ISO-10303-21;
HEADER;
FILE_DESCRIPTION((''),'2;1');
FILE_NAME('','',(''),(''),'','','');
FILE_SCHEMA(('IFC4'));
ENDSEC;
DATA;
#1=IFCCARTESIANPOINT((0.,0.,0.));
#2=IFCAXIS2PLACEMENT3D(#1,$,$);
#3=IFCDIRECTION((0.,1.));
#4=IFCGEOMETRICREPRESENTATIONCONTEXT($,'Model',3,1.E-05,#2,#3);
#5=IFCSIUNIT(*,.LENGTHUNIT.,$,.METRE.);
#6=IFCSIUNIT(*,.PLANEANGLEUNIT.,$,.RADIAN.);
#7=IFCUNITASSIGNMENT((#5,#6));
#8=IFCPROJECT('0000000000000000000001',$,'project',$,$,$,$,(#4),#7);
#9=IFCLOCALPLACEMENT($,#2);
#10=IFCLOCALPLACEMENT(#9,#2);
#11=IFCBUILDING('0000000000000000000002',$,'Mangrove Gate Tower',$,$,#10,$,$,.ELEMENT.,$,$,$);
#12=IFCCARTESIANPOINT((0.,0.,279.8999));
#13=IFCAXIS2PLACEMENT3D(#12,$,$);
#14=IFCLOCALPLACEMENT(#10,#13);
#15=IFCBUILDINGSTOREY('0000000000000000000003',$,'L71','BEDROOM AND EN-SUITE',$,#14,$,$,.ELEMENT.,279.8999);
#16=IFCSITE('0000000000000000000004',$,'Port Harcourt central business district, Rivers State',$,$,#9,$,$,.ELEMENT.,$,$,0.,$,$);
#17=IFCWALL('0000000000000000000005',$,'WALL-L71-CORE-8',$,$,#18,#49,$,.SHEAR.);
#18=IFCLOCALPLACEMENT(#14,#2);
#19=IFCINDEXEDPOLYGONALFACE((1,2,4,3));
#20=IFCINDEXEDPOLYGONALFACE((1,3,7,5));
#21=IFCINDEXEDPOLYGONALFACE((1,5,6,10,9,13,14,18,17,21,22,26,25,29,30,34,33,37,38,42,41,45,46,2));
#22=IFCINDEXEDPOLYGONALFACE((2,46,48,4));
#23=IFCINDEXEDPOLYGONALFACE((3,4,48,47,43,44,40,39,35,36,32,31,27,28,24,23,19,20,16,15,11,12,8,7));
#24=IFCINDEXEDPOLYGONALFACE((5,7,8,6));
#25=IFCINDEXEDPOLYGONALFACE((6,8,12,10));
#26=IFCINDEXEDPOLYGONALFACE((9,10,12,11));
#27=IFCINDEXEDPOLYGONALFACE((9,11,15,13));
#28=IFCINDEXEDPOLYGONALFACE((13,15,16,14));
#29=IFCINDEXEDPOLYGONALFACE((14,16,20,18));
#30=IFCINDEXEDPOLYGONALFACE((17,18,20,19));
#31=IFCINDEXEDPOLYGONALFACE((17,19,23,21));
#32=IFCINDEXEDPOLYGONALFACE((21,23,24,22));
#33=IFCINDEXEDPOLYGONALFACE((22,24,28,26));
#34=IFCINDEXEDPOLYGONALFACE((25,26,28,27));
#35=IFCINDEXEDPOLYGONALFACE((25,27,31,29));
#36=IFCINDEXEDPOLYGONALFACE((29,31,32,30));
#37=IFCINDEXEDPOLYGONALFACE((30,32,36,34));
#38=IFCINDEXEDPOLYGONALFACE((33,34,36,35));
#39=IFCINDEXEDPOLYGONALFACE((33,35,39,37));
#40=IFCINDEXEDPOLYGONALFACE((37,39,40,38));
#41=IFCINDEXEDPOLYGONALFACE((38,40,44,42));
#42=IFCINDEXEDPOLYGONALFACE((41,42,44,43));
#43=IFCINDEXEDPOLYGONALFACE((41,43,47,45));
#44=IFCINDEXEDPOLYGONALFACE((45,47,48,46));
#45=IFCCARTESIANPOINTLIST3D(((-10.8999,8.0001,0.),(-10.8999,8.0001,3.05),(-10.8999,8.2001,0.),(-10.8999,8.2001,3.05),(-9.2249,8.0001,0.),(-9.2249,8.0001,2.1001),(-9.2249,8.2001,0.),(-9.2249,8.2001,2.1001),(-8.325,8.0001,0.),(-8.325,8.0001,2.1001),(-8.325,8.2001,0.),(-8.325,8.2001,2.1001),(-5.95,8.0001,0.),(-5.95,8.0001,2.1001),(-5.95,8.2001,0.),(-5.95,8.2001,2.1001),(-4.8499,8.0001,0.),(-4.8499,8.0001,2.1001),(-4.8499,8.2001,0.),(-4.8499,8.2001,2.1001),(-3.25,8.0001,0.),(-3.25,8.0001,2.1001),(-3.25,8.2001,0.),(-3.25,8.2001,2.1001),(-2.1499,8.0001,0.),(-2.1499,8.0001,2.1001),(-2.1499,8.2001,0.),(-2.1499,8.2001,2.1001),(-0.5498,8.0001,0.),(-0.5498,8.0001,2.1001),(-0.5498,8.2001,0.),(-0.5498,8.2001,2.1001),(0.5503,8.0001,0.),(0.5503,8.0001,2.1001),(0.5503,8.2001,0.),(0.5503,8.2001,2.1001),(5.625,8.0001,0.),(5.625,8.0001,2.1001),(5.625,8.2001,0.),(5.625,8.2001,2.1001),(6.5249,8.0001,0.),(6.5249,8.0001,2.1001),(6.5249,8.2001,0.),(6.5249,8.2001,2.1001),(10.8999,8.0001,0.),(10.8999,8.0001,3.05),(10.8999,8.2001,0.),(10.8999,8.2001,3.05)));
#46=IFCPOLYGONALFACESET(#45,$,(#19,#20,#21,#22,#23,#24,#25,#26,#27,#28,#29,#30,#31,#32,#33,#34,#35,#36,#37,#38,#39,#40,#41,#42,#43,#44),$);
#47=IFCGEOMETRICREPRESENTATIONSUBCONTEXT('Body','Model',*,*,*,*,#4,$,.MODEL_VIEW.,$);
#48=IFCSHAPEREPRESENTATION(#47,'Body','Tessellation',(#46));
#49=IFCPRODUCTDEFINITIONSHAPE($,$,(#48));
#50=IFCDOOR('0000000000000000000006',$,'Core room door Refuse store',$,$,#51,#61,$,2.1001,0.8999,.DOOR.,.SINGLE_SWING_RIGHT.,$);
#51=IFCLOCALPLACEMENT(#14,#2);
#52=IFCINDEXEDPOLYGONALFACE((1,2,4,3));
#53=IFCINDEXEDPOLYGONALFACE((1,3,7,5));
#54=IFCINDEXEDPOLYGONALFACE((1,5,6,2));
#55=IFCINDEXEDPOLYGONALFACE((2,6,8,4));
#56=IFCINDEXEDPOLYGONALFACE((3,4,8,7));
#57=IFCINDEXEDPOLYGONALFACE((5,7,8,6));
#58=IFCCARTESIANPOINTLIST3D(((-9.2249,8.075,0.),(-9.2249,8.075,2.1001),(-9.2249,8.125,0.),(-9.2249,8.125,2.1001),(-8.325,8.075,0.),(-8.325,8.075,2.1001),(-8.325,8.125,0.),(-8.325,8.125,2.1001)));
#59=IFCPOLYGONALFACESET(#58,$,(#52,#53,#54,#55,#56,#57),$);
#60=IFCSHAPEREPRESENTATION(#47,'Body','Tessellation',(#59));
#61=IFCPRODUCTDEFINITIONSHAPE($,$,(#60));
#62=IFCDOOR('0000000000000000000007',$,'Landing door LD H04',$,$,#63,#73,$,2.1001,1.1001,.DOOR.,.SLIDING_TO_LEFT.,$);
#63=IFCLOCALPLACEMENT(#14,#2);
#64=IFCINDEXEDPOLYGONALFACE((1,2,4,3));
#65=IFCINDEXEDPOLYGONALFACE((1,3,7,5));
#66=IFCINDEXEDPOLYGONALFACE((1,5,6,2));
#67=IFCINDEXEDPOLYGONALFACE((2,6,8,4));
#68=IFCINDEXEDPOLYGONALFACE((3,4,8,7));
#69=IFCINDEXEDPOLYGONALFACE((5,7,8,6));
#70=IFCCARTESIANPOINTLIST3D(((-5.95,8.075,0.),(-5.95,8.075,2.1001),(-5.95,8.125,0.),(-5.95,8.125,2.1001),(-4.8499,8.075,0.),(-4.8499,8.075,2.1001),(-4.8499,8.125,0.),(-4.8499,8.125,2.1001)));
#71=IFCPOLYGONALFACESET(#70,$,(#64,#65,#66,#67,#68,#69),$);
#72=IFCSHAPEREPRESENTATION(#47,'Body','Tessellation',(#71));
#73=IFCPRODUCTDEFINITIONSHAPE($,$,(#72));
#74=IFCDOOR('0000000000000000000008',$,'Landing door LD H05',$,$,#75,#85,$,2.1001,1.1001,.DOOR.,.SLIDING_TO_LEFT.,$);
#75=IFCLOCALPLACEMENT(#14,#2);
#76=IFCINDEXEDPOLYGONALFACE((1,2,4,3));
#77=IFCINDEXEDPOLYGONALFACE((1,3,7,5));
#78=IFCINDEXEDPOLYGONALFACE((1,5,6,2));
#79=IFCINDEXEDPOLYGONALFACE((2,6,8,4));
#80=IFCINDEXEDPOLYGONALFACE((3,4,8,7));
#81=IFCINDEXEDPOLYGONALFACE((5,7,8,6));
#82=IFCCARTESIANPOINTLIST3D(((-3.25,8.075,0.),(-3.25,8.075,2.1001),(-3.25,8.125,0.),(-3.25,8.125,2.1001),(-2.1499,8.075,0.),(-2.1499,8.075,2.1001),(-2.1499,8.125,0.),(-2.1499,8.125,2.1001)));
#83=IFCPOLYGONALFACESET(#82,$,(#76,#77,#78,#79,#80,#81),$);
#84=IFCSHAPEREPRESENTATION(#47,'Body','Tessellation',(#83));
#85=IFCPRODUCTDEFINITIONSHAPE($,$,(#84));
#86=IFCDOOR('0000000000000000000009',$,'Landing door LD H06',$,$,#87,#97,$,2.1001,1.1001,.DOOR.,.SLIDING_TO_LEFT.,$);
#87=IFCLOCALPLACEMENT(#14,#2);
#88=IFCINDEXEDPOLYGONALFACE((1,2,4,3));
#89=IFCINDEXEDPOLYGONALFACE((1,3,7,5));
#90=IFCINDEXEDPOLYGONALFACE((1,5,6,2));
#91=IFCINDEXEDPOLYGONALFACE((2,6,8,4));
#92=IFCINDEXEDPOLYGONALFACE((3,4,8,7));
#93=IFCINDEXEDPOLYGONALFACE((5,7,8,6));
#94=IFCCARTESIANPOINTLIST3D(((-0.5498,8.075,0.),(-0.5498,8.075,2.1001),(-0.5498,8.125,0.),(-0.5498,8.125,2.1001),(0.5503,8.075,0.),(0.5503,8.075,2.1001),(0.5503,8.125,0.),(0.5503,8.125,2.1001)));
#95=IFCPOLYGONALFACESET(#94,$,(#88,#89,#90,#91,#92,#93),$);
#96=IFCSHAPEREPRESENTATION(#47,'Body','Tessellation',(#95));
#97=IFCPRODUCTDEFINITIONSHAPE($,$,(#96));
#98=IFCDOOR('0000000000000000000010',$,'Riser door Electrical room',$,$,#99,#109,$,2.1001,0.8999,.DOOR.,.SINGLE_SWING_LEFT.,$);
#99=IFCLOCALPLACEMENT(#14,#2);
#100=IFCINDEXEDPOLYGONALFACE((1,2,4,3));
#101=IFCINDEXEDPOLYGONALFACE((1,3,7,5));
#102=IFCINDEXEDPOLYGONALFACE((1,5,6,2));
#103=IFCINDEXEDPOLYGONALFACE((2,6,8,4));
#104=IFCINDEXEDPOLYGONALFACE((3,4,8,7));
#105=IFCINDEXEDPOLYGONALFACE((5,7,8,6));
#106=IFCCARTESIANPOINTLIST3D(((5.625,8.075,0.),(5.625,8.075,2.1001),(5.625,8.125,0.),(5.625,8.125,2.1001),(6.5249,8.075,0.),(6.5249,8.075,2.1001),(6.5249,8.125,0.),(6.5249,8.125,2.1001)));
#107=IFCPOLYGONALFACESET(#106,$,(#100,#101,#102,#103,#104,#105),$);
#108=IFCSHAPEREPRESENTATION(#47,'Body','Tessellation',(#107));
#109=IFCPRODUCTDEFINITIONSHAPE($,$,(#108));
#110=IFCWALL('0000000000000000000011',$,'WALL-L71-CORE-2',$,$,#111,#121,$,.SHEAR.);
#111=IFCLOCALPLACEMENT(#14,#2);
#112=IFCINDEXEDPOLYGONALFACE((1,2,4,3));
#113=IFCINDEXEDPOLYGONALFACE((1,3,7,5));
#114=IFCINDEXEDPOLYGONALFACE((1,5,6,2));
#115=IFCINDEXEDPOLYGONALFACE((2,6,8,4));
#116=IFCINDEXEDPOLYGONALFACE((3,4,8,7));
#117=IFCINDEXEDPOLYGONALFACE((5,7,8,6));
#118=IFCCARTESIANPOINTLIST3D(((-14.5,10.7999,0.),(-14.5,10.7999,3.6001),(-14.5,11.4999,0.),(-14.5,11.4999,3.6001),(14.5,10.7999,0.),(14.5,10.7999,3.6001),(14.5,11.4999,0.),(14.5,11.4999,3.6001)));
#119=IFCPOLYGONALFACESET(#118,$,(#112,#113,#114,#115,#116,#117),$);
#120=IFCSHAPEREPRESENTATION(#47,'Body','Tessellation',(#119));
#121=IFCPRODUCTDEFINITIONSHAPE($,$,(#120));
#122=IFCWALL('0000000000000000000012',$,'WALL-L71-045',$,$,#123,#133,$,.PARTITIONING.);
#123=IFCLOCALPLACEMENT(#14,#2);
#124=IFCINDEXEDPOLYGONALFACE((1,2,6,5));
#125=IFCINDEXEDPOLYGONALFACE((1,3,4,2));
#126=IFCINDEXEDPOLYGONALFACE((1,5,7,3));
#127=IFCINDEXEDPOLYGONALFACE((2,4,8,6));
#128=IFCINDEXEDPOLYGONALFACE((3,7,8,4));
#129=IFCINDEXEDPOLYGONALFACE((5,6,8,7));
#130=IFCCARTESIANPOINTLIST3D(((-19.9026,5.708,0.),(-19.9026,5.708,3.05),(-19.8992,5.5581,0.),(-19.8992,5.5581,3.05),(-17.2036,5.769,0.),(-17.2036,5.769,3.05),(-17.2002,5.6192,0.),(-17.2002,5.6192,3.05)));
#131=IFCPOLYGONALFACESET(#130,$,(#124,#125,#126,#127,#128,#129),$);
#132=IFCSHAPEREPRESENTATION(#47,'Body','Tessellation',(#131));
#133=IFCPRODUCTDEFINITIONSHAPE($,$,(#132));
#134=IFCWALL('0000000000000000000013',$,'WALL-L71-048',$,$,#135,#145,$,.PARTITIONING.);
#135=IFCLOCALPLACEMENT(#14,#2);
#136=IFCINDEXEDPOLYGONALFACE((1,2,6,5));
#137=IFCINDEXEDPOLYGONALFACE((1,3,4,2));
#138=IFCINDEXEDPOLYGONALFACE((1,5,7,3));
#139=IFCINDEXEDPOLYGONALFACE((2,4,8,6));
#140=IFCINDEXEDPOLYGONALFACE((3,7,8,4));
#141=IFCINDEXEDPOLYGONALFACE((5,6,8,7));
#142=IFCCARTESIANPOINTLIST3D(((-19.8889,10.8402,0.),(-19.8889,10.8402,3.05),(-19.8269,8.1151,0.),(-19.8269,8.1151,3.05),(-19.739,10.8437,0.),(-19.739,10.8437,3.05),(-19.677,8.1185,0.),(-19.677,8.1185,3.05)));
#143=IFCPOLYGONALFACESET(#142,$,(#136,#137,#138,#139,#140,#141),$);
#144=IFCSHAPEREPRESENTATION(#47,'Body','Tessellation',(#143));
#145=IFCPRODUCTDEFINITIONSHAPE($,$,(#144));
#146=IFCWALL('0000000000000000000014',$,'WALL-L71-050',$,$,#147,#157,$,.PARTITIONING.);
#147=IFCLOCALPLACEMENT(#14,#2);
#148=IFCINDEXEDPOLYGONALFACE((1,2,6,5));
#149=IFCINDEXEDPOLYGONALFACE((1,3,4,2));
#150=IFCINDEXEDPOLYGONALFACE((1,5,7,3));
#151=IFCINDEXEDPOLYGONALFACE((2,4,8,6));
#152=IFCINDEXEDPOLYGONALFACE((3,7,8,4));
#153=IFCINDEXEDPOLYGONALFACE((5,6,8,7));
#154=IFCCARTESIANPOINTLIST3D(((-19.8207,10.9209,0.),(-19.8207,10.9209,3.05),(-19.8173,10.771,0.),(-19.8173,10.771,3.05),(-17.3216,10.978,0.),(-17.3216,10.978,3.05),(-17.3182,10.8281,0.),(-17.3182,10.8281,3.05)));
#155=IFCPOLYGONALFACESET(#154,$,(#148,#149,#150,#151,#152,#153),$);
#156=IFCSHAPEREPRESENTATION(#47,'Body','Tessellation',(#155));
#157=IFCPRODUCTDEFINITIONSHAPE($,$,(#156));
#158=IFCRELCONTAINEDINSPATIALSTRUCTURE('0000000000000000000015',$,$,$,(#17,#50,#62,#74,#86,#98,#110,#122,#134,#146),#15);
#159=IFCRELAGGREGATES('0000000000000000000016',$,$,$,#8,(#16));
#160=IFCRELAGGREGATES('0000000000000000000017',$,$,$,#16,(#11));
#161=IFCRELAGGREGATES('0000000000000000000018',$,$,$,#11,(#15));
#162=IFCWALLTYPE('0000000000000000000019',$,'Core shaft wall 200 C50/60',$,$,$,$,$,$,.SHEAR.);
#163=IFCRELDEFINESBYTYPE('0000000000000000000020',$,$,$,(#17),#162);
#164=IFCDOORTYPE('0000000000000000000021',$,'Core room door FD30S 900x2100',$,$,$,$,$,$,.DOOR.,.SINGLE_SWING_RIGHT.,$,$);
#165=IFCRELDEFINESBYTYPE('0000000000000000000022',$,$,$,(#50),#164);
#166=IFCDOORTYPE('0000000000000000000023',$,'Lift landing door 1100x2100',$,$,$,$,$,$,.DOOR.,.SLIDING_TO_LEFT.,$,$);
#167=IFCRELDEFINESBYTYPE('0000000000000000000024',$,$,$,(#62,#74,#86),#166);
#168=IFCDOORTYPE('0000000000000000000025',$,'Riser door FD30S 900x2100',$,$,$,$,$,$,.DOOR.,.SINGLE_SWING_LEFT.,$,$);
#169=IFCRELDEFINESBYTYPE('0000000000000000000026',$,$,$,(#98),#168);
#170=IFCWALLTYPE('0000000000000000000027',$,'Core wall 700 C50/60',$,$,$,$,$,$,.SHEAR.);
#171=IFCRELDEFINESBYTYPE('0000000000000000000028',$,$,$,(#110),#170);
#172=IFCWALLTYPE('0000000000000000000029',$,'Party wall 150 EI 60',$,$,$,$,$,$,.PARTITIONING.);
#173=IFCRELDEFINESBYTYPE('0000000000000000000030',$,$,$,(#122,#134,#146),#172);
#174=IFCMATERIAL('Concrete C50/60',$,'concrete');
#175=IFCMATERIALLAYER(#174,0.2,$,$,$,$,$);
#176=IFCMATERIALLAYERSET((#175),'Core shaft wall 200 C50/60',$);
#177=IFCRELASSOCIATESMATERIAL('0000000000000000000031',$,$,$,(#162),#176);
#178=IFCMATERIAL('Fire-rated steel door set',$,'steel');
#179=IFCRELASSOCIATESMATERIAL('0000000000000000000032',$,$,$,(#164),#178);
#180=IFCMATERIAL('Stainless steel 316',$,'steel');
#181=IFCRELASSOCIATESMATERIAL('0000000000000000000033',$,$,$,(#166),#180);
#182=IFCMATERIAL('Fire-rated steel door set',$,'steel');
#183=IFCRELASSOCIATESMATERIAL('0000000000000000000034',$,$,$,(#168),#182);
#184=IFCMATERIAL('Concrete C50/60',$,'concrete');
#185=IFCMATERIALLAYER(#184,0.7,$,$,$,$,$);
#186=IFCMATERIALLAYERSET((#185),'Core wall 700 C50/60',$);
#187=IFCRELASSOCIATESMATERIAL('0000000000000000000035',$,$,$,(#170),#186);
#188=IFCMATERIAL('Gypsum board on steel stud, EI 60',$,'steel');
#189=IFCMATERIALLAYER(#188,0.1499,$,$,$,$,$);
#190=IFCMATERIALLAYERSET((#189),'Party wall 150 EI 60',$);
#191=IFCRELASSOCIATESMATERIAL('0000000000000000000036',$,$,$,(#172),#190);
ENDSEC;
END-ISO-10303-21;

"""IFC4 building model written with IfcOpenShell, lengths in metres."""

from ifc_helpers import new_model, si_unit, direction, frame, frame_2d, origin, place, context, subcontext, project, spatial, rectangle, extrude, material, layer, layer_set, type_object, element, fill, save


model = new_model("IFC4")

# Units and contexts
model_context = context("Model", 3, precision=1e-05, world=origin(), true_north=direction((0.0, 1.0)))
body_context = subcontext(model_context, "Body", "Model", "MODEL_VIEW")
ifc_project = project(units=[si_unit("LENGTHUNIT", "METRE"), si_unit("PLANEANGLEUNIT", "RADIAN")], contexts=[model_context])

# Site, building, storey
site_placement = place(None, origin())
site = spatial("IfcSite", under=ifc_project, at=site_placement, Name="Port Harcourt central business district, Rivers State", CompositionType="ELEMENT", RefElevation=0.0)
building_placement = place(site_placement, origin())
building = spatial("IfcBuilding", under=site, at=building_placement, Name="Mangrove Gate Tower", CompositionType="ELEMENT")
storey_placement = place(building_placement, frame((0.0, 0.0, 279.8999)))
storey = spatial("IfcBuildingStorey", under=building, at=storey_placement, Name="L71", Description="BEDROOM AND EN-SUITE", CompositionType="ELEMENT", Elevation=279.8999)

# Wall, openings, doors
ifc_material_1 = material(Name="Concrete C50/60", Category="concrete")
ifc_layer_1 = layer(ifc_material_1, 0.2)
ifc_layer_set_1 = layer_set([ifc_layer_1], Name="Core shaft wall 200 C50/60")
wall_type_1 = type_object("IfcWallType", Name="Core shaft wall 200 C50/60", PredefinedType="SHEAR", material=ifc_layer_set_1)
wall_1_placement = place(storey_placement, frame((-10.8999, 8.1001, 0.0), z_axis=(0.0, 0.0, 1.0), x_axis=(1.0, 0.0, 0.0)))
wall_1 = element("IfcWall", 1, at=wall_1_placement, inside=storey, type_object=wall_type_1, Name="WALL-L71-CORE-8", PredefinedType="SHEAR", context=body_context, shape_type="SweptSolid", body=[
    extrude(rectangle(XDim=21.7998, YDim=0.2, at=frame_2d((10.8999, 0.0))), origin(), (0.0, 0.0, 1.0), 3.05),
])
opening_1_placement = place(wall_1_placement, frame((4.95, 0.0, 0.0)))
opening_1 = element("IfcOpeningElement", 2, at=opening_1_placement, cuts=wall_1, PredefinedType="OPENING", context=body_context, shape_type="SweptSolid", body=[
    extrude(rectangle(XDim=1.1001, YDim=2.1001, at=frame_2d((0.55, 1.05))), frame((0.0, 0.1099, 0.0), z_axis=(0.0, -1.0, 0.0), x_axis=(1.0, 0.0, 0.0)), (0.0, 0.0, 1.0), 0.22),
])
opening_2_placement = place(wall_1_placement, frame((7.6499, 0.0, 0.0)))
opening_2 = element("IfcOpeningElement", 3, at=opening_2_placement, cuts=wall_1, PredefinedType="OPENING", context=body_context, shape_type="SweptSolid", body=[
    extrude(rectangle(XDim=1.1001, YDim=2.1001, at=frame_2d((0.55, 1.05))), frame((0.0, 0.1099, 0.0), z_axis=(0.0, -1.0, 0.0), x_axis=(1.0, 0.0, 0.0)), (0.0, 0.0, 1.0), 0.22),
])
opening_3_placement = place(wall_1_placement, frame((10.3501, 0.0, 0.0)))
opening_3 = element("IfcOpeningElement", 4, at=opening_3_placement, cuts=wall_1, PredefinedType="OPENING", context=body_context, shape_type="SweptSolid", body=[
    extrude(rectangle(XDim=1.1001, YDim=2.1001, at=frame_2d((0.55, 1.05))), frame((0.0, 0.1099, 0.0), z_axis=(0.0, -1.0, 0.0), x_axis=(1.0, 0.0, 0.0)), (0.0, 0.0, 1.0), 0.22),
])
opening_4_placement = place(wall_1_placement, frame((1.675, 0.0, 0.0)))
opening_4 = element("IfcOpeningElement", 5, at=opening_4_placement, cuts=wall_1, PredefinedType="OPENING", context=body_context, shape_type="SweptSolid", body=[
    extrude(rectangle(XDim=0.8999, YDim=2.1001, at=frame_2d((0.45, 1.05))), frame((0.0, 0.1099, 0.0), z_axis=(0.0, -1.0, 0.0), x_axis=(1.0, 0.0, 0.0)), (0.0, 0.0, 1.0), 0.22),
])
opening_5_placement = place(wall_1_placement, frame((16.5249, 0.0, 0.0)))
opening_5 = element("IfcOpeningElement", 6, at=opening_5_placement, cuts=wall_1, PredefinedType="OPENING", context=body_context, shape_type="SweptSolid", body=[
    extrude(rectangle(XDim=0.8999, YDim=2.1001, at=frame_2d((0.45, 1.05))), frame((0.0, 0.1099, 0.0), z_axis=(0.0, -1.0, 0.0), x_axis=(1.0, 0.0, 0.0)), (0.0, 0.0, 1.0), 0.22),
])
ifc_material_2 = material(Name="Fire-rated steel door set", Category="steel")
door_type_1 = type_object("IfcDoorType", Name="Core room door FD30S 900x2100", OperationType="SINGLE_SWING_RIGHT", PredefinedType="DOOR", material=ifc_material_2)
door_1_placement = place(opening_4_placement, origin())
door_1 = element("IfcDoor", 7, at=door_1_placement, inside=storey, type_object=door_type_1, Name="Core room door Refuse store", OperationType="SINGLE_SWING_RIGHT", OverallHeight=2.1001, OverallWidth=0.8999, PredefinedType="DOOR", context=body_context, shape_type="SweptSolid", body=[
    extrude(rectangle(XDim=0.8999, YDim=2.1001, at=frame_2d((0.45, 1.05))), frame((0.0, 0.0249, 0.0), z_axis=(0.0, -1.0, 0.0), x_axis=(1.0, 0.0, 0.0)), (0.0, 0.0, 1.0), 0.05),
])
fill(opening_4, door_1)
ifc_material_3 = material(Name="Stainless steel 316", Category="steel")
door_type_2 = type_object("IfcDoorType", Name="Lift landing door 1100x2100", OperationType="SLIDING_TO_LEFT", PredefinedType="DOOR", material=ifc_material_3)
door_2_placement = place(opening_1_placement, origin())
door_2 = element("IfcDoor", 8, at=door_2_placement, inside=storey, type_object=door_type_2, Name="Landing door LD H04", OperationType="SLIDING_TO_LEFT", OverallHeight=2.1001, OverallWidth=1.1001, PredefinedType="DOOR", context=body_context, shape_type="SweptSolid", body=[
    extrude(rectangle(XDim=1.1001, YDim=2.1001, at=frame_2d((0.55, 1.05))), frame((0.0, 0.0249, 0.0), z_axis=(0.0, -1.0, 0.0), x_axis=(1.0, 0.0, 0.0)), (0.0, 0.0, 1.0), 0.05),
])
fill(opening_1, door_2)
door_3_placement = place(opening_2_placement, origin())
door_3 = element("IfcDoor", 9, at=door_3_placement, inside=storey, type_object=door_type_2, Name="Landing door LD H05", OperationType="SLIDING_TO_LEFT", OverallHeight=2.1001, OverallWidth=1.1001, PredefinedType="DOOR", context=body_context, shape_type="SweptSolid", body=[
    extrude(rectangle(XDim=1.1001, YDim=2.1001, at=frame_2d((0.55, 1.05))), frame((0.0, 0.0249, 0.0), z_axis=(0.0, -1.0, 0.0), x_axis=(1.0, 0.0, 0.0)), (0.0, 0.0, 1.0), 0.05),
])
fill(opening_2, door_3)
door_4_placement = place(opening_3_placement, origin())
door_4 = element("IfcDoor", 10, at=door_4_placement, inside=storey, type_object=door_type_2, Name="Landing door LD H06", OperationType="SLIDING_TO_LEFT", OverallHeight=2.1001, OverallWidth=1.1001, PredefinedType="DOOR", context=body_context, shape_type="SweptSolid", body=[
    extrude(rectangle(XDim=1.1001, YDim=2.1001, at=frame_2d((0.55, 1.05))), frame((0.0, 0.0249, 0.0), z_axis=(0.0, -1.0, 0.0), x_axis=(1.0, 0.0, 0.0)), (0.0, 0.0, 1.0), 0.05),
])
fill(opening_3, door_4)
ifc_material_4 = material(Name="Fire-rated steel door set", Category="steel")
door_type_3 = type_object("IfcDoorType", Name="Riser door FD30S 900x2100", OperationType="SINGLE_SWING_LEFT", PredefinedType="DOOR", material=ifc_material_4)
door_5_placement = place(opening_5_placement, origin())
door_5 = element("IfcDoor", 11, at=door_5_placement, inside=storey, type_object=door_type_3, Name="Riser door Electrical room", OperationType="SINGLE_SWING_LEFT", OverallHeight=2.1001, OverallWidth=0.8999, PredefinedType="DOOR", context=body_context, shape_type="SweptSolid", body=[
    extrude(rectangle(XDim=0.8999, YDim=2.1001, at=frame_2d((0.45, 1.05))), frame((0.0, 0.0249, 0.0), z_axis=(0.0, -1.0, 0.0), x_axis=(1.0, 0.0, 0.0)), (0.0, 0.0, 1.0), 0.05),
])
fill(opening_5, door_5)

# Walls
ifc_material_5 = material(Name="Concrete C50/60", Category="concrete")
ifc_layer_2 = layer(ifc_material_5, 0.7)
ifc_layer_set_2 = layer_set([ifc_layer_2], Name="Core wall 700 C50/60")
wall_type_2 = type_object("IfcWallType", Name="Core wall 700 C50/60", PredefinedType="SHEAR", material=ifc_layer_set_2)
wall_2_placement = place(storey_placement, frame((-14.5, 11.1499, 0.0), z_axis=(0.0, 0.0, 1.0), x_axis=(1.0, 0.0, 0.0)))
element("IfcWall", 12, at=wall_2_placement, inside=storey, type_object=wall_type_2, Name="WALL-L71-CORE-2", PredefinedType="SHEAR", context=body_context, shape_type="SweptSolid", body=[
    extrude(rectangle(XDim=29.0, YDim=0.7, at=frame_2d((14.5, 0.0))), origin(), (0.0, 0.0, 1.0), 3.6001),
])
ifc_material_6 = material(Name="Gypsum board on steel stud, EI 60", Category="steel")
ifc_layer_3 = layer(ifc_material_6, 0.1499)
ifc_layer_set_3 = layer_set([ifc_layer_3], Name="Party wall 150 EI 60")
wall_type_3 = type_object("IfcWallType", Name="Party wall 150 EI 60", PredefinedType="PARTITIONING", material=ifc_layer_set_3)
wall_3_placement = place(storey_placement, frame((-19.9009, 5.6331, 0.0), z_axis=(0.0, 0.0, 1.0), x_axis=(0.999744, 0.022608, 0.0)))
element("IfcWall", 13, at=wall_3_placement, inside=storey, type_object=wall_type_3, Name="WALL-L71-045", PredefinedType="PARTITIONING", context=body_context, shape_type="SweptSolid", body=[
    extrude(rectangle(XDim=2.6997, YDim=0.1499, at=frame_2d((1.3499, 0.0))), origin(), (0.0, 0.0, 1.0), 3.05),
])
wall_4_placement = place(storey_placement, frame((-19.752, 8.1169, 0.0), z_axis=(0.0, 0.0, 1.0), x_axis=(-0.02275, 0.999741, 0.0)))
element("IfcWall", 14, at=wall_4_placement, inside=storey, type_object=wall_type_3, Name="WALL-L71-048", PredefinedType="PARTITIONING", context=body_context, shape_type="SweptSolid", body=[
    extrude(rectangle(XDim=2.7258, YDim=0.1499, at=frame_2d((1.3628, 0.0))), origin(), (0.0, 0.0, 1.0), 3.05),
])
wall_5_placement = place(storey_placement, frame((-19.8191, 10.8459, 0.0), z_axis=(0.0, 0.0, 1.0), x_axis=(0.999739, 0.022855, 0.0)))
element("IfcWall", 15, at=wall_5_placement, inside=storey, type_object=wall_type_3, Name="WALL-L71-050", PredefinedType="PARTITIONING", context=body_context, shape_type="SweptSolid", body=[
    extrude(rectangle(XDim=2.4998, YDim=0.1499, at=frame_2d((1.25, 0.0))), origin(), (0.0, 0.0, 1.0), 3.05),
])

save(model, "model.ifc")
